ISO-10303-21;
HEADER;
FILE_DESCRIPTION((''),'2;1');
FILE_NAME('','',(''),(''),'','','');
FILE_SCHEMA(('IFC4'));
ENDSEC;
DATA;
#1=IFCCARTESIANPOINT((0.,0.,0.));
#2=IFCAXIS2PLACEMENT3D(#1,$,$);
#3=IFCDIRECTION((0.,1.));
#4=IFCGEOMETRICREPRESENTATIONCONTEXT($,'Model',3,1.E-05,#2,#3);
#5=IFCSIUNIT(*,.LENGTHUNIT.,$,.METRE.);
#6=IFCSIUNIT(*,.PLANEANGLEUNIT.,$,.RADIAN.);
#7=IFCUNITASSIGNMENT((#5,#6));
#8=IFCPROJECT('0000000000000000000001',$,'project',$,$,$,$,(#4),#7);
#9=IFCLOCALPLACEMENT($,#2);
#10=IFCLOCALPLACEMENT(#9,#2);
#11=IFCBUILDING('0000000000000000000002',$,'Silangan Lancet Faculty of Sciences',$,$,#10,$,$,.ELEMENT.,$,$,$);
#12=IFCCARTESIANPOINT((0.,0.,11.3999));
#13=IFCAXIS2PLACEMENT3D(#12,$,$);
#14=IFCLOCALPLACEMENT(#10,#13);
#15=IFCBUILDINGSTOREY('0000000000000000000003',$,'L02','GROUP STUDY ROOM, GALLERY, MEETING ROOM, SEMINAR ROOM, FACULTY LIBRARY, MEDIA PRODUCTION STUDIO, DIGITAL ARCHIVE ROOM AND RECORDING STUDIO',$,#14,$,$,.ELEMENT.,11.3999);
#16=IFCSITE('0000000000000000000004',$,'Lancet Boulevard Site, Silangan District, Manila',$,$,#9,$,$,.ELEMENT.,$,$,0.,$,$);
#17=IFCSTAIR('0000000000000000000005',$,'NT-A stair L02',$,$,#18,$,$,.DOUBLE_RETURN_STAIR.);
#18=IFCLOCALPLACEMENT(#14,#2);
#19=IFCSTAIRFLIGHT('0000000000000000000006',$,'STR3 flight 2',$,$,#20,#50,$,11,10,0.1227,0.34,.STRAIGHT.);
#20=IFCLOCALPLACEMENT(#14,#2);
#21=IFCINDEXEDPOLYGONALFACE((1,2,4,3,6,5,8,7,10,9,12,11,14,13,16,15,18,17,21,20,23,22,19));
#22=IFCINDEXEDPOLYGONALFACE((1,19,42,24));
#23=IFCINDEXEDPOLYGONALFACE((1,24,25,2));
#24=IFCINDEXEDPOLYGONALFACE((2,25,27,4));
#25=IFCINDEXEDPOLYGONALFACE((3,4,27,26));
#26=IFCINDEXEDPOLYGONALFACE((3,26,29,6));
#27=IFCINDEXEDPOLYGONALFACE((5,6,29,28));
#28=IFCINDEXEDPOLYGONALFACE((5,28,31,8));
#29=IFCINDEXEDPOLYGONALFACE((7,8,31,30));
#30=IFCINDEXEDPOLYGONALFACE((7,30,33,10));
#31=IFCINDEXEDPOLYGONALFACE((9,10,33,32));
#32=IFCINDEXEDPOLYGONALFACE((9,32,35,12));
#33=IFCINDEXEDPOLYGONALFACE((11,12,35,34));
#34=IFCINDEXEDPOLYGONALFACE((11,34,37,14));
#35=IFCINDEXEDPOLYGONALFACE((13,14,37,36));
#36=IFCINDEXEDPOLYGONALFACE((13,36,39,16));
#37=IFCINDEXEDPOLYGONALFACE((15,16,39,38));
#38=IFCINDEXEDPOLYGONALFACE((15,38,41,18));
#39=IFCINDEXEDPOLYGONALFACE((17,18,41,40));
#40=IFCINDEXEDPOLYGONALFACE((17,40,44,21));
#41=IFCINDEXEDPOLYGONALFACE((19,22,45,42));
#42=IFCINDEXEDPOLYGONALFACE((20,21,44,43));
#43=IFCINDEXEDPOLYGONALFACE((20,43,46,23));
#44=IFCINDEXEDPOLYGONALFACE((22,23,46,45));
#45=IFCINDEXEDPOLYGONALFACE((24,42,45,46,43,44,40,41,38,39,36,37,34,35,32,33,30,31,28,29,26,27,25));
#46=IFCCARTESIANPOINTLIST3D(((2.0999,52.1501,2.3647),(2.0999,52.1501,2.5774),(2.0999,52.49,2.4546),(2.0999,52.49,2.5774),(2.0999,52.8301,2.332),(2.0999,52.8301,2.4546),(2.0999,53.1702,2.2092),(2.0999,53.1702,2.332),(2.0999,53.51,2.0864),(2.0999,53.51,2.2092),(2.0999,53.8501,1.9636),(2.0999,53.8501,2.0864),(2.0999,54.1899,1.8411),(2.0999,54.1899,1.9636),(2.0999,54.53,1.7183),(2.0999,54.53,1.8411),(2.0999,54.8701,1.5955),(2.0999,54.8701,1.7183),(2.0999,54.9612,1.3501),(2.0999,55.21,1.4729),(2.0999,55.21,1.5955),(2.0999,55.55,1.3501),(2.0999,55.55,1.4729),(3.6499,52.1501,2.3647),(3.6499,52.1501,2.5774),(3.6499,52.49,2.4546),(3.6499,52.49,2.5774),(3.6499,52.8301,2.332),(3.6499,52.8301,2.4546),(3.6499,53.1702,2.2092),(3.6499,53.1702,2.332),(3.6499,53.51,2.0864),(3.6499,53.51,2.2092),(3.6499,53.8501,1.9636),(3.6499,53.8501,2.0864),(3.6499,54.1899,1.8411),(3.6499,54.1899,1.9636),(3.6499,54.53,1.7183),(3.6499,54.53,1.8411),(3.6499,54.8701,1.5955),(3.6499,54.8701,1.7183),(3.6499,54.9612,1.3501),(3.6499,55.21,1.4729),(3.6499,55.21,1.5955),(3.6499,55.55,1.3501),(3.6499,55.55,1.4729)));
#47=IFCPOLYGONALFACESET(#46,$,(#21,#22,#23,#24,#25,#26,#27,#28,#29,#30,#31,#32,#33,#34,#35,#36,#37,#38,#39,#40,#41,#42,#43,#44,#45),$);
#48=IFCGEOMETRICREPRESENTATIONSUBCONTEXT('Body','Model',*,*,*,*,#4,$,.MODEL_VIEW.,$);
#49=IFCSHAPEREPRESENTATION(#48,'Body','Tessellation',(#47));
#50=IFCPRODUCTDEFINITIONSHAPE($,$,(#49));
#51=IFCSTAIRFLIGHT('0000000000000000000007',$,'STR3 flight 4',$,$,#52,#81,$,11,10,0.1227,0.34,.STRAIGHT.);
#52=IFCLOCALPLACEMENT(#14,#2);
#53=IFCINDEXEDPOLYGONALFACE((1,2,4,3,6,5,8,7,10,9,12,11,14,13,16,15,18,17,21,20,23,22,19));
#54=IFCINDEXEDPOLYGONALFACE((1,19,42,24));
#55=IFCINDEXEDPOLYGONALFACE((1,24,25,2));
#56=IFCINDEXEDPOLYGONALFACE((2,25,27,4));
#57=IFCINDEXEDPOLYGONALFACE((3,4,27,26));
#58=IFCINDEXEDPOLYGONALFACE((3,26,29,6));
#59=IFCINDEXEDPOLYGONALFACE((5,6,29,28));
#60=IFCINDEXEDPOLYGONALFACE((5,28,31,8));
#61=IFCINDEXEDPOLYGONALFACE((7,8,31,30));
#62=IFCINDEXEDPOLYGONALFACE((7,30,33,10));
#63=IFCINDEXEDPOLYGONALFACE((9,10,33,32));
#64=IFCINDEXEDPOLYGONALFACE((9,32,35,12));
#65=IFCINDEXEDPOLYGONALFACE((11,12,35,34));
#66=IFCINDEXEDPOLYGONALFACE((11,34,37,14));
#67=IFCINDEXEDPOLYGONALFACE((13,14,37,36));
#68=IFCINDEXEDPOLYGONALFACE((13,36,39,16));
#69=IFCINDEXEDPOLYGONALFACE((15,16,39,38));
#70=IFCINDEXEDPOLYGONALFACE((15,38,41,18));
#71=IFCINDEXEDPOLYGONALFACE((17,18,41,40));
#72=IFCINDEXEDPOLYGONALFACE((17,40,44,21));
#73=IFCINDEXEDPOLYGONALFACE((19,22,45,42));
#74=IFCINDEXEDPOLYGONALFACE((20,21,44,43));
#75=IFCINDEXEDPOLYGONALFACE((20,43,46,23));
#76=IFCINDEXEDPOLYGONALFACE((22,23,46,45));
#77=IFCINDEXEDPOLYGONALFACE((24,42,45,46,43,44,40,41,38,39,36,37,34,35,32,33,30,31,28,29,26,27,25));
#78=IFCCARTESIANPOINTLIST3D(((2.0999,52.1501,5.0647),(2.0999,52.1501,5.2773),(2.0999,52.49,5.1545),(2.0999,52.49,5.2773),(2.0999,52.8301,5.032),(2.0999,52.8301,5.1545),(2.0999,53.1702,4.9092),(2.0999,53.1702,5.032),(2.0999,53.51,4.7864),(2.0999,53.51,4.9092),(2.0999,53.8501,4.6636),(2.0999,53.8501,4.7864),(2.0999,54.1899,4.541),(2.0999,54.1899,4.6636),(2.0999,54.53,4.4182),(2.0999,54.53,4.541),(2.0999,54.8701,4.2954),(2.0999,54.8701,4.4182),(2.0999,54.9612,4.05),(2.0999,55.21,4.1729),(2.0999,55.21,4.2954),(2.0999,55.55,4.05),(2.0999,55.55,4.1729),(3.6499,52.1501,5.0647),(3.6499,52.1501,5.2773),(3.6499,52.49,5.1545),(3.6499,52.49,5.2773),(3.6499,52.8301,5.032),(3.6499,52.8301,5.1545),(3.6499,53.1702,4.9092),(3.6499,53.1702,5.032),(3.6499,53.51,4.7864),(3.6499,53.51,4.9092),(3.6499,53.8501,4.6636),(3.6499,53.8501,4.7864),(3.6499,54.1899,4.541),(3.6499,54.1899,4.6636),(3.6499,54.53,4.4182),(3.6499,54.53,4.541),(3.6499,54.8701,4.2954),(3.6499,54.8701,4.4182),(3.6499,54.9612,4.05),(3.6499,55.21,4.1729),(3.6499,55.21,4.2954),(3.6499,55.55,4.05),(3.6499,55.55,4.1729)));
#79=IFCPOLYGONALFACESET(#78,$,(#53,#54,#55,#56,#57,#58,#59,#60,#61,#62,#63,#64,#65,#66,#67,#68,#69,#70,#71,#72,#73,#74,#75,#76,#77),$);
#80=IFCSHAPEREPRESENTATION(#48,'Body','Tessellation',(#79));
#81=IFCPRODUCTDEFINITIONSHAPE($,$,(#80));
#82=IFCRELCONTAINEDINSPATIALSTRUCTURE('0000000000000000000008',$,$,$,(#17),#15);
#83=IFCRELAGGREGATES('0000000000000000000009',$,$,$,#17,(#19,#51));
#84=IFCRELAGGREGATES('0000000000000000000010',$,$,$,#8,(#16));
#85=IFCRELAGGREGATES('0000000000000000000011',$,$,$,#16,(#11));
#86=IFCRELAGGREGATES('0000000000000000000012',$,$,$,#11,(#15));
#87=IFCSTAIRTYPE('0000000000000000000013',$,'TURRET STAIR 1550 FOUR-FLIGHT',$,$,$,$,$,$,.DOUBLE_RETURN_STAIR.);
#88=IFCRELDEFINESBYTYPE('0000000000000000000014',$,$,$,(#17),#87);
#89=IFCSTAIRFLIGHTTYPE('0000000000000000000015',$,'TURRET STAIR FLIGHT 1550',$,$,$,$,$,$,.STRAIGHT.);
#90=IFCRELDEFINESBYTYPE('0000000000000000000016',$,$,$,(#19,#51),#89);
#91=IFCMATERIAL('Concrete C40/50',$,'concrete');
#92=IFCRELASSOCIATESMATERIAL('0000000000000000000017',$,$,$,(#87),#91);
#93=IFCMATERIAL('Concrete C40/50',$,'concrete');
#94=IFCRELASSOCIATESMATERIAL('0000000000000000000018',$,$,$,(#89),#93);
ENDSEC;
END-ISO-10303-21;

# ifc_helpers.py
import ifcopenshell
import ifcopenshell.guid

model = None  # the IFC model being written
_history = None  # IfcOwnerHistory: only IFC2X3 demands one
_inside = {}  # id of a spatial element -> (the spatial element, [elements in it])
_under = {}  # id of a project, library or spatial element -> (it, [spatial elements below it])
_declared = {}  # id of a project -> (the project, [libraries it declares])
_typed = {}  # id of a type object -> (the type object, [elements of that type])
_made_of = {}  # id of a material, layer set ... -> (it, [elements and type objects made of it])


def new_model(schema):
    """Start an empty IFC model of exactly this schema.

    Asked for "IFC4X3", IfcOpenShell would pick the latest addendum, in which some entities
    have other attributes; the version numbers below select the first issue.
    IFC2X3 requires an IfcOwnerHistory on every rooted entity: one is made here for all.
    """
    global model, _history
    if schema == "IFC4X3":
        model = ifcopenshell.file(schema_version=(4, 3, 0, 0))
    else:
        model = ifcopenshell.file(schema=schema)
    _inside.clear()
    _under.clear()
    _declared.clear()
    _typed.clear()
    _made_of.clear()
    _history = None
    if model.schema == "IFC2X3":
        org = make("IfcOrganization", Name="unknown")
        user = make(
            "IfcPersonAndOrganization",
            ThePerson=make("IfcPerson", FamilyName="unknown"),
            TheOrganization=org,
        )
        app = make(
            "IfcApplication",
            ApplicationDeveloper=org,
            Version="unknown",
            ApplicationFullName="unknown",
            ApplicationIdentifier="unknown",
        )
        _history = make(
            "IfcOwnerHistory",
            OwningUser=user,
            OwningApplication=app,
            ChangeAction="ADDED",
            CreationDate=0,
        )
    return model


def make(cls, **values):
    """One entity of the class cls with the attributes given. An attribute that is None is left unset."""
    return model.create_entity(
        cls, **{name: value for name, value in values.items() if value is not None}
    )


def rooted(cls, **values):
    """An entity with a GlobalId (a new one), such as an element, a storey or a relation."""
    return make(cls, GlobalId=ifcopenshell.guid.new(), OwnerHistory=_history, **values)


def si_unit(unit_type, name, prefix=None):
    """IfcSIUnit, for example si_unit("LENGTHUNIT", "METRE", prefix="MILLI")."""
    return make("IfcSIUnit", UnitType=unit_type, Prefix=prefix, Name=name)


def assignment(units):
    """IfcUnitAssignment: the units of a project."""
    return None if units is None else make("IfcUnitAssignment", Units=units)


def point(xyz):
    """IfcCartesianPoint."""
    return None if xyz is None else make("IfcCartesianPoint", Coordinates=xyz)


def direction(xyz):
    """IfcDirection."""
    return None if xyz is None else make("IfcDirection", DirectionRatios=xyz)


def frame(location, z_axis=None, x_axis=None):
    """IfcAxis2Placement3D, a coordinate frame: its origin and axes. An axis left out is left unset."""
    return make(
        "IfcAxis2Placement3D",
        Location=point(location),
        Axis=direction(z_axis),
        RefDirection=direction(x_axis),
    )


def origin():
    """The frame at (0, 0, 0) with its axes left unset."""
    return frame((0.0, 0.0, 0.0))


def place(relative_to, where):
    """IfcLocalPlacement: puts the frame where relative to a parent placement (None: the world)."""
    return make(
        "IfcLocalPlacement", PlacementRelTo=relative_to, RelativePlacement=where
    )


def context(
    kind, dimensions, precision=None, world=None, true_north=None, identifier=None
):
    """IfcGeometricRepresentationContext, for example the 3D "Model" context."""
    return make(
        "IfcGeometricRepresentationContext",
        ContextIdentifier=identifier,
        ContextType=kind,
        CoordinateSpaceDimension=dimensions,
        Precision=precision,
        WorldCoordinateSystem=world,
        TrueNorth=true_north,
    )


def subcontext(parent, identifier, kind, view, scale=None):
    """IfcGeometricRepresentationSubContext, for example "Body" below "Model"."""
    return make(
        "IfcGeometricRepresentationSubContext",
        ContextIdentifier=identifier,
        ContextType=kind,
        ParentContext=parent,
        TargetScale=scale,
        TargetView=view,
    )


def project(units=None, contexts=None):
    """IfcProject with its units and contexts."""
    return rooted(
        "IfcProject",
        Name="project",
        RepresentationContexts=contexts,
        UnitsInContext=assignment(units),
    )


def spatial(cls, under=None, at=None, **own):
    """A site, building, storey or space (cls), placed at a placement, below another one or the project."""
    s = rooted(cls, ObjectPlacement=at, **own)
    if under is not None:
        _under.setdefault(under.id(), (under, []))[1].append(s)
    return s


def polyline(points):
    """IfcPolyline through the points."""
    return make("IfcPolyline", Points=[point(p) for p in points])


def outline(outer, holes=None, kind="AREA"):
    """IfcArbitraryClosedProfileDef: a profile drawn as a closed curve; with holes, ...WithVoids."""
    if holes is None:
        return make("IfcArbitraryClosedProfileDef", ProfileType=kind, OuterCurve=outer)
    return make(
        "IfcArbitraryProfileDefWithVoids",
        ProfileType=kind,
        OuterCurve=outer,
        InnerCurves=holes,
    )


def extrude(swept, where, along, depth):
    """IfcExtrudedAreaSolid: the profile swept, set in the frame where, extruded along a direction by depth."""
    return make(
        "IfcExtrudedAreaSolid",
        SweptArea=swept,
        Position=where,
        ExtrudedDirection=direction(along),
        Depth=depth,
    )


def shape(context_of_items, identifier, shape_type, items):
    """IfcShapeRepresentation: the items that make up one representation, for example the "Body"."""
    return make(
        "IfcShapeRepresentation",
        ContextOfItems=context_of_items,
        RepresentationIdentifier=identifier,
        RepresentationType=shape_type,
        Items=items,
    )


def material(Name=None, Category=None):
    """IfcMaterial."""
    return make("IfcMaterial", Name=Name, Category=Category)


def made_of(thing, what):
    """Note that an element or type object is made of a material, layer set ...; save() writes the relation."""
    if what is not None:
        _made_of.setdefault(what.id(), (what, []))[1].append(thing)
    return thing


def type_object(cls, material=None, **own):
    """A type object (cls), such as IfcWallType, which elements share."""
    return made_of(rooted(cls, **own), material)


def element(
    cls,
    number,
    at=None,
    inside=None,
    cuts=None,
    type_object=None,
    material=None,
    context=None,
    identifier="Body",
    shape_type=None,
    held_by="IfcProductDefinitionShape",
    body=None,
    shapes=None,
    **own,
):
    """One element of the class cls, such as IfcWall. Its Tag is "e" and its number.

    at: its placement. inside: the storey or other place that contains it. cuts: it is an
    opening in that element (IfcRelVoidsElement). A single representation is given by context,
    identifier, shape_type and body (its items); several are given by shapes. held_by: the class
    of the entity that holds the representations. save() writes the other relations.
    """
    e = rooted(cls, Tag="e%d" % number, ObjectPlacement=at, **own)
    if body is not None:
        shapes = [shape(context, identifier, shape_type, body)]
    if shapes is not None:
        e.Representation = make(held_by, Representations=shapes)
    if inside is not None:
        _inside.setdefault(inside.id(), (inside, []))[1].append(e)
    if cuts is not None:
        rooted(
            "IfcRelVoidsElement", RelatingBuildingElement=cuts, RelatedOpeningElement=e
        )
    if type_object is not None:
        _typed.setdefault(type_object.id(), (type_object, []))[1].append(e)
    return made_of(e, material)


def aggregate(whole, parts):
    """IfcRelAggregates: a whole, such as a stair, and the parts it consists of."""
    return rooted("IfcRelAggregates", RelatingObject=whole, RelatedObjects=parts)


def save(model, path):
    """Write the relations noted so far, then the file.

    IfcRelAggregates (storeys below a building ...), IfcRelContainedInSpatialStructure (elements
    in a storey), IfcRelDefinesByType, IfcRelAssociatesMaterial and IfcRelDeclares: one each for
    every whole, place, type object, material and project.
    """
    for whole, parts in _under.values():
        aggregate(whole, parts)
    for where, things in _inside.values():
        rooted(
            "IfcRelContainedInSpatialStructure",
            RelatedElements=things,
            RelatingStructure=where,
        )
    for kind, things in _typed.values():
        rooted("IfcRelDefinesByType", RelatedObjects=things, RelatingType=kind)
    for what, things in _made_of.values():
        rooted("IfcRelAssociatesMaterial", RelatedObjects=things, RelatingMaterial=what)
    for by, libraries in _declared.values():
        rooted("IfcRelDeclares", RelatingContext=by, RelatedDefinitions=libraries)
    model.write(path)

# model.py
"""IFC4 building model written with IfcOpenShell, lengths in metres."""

from ifc_helpers import new_model, si_unit, direction, frame, origin, place, context, subcontext, project, spatial, polyline, outline, extrude, material, type_object, element, aggregate, save


model = new_model("IFC4")

# Units and contexts
model_context = context("Model", 3, precision=1e-05, world=origin(), true_north=direction((0.0, 1.0)))
body_context = subcontext(model_context, "Body", "Model", "MODEL_VIEW")
ifc_project = project(units=[si_unit("LENGTHUNIT", "METRE"), si_unit("PLANEANGLEUNIT", "RADIAN")], contexts=[model_context])

# Site, building, storey
site_placement = place(None, origin())
site = spatial("IfcSite", under=ifc_project, at=site_placement, Name="Lancet Boulevard Site, Silangan District, Manila", CompositionType="ELEMENT", RefElevation=0.0)
building_placement = place(site_placement, origin())
building = spatial("IfcBuilding", under=site, at=building_placement, Name="Silangan Lancet Faculty of Sciences", CompositionType="ELEMENT")
storey_placement = place(building_placement, frame((0.0, 0.0, 11.3999)))
storey = spatial("IfcBuildingStorey", under=building, at=storey_placement, Name="L02", Description="GROUP STUDY ROOM, GALLERY, MEETING ROOM, SEMINAR ROOM, FACULTY LIBRARY, MEDIA PRODUCTION STUDIO, DIGITAL ARCHIVE ROOM AND RECORDING STUDIO", CompositionType="ELEMENT", Elevation=11.3999)

# Stair, stair flights
ifc_material_1 = material(Name="Concrete C40/50", Category="concrete")
stair_type = type_object("IfcStairType", Name="TURRET STAIR 1550 FOUR-FLIGHT", PredefinedType="DOUBLE_RETURN_STAIR", material=ifc_material_1)
stair_placement = place(storey_placement, origin())
stair = element("IfcStair", 1, at=stair_placement, inside=storey, type_object=stair_type, Name="NT-A stair L02", PredefinedType="DOUBLE_RETURN_STAIR")
ifc_material_2 = material(Name="Concrete C40/50", Category="concrete")
stair_flight_type = type_object("IfcStairFlightType", Name="TURRET STAIR FLIGHT 1550", PredefinedType="STRAIGHT", material=ifc_material_2)
stair_flight_1_placement = place(storey_placement, frame((2.875, 55.55, 1.3501), z_axis=(0.0, 0.0, 1.0), x_axis=(0.0, -1.0, 0.0)))
stair_flight_1 = element("IfcStairFlight", 2, at=stair_flight_1_placement, type_object=stair_flight_type, Name="STR3 flight 2", NumberOfRisers=11, NumberOfTreads=10, PredefinedType="STRAIGHT", RiserHeight=0.1227, TreadLength=0.34, context=body_context, shape_type="SweptSolid", body=[
    extrude(outline(polyline([(0.0, 0.0), (0.0, 0.1228), (0.3401, 0.1228), (0.3401, 0.2454), (0.6799, 0.2454), (0.6799, 0.3682), (1.02, 0.3682), (1.02, 0.491), (1.3601, 0.491), (1.3601, 0.6135), (1.7, 0.6135), (1.7, 0.7363), (2.04, 0.7363), (2.04, 0.8591), (2.3799, 0.8591), (2.3799, 0.9819), (2.72, 0.9819), (2.72, 1.1045), (3.0601, 1.1045), (3.0601, 1.2273), (3.3999, 1.2273), (3.3999, 1.3501), (3.3999, 1.0146), (0.5889, 0.0), (0.0, 0.0)])), frame((0.0, 0.7749, 0.0), z_axis=(0.0, -1.0, 0.0), x_axis=(1.0, 0.0, 0.0)), (0.0, 0.0, 1.0), 1.55),
])
stair_flight_2_placement = place(storey_placement, frame((2.875, 55.55, 4.05), z_axis=(0.0, 0.0, 1.0), x_axis=(0.0, -1.0, 0.0)))
stair_flight_2 = element("IfcStairFlight", 3, at=stair_flight_2_placement, type_object=stair_flight_type, Name="STR3 flight 4", NumberOfRisers=11, NumberOfTreads=10, PredefinedType="STRAIGHT", RiserHeight=0.1227, TreadLength=0.34, context=body_context, shape_type="SweptSolid", body=[
    extrude(outline(polyline([(0.0, 0.0), (0.0, 0.1228), (0.3401, 0.1228), (0.3401, 0.2454), (0.6799, 0.2454), (0.6799, 0.3682), (1.02, 0.3682), (1.02, 0.491), (1.3601, 0.491), (1.3601, 0.6135), (1.7, 0.6135), (1.7, 0.7363), (2.04, 0.7363), (2.04, 0.8591), (2.3799, 0.8591), (2.3799, 0.9819), (2.72, 0.9819), (2.72, 1.1045), (3.0601, 1.1045), (3.0601, 1.2273), (3.3999, 1.2273), (3.3999, 1.3501), (3.3999, 1.0146), (0.5889, 0.0), (0.0, 0.0)])), frame((0.0, 0.7749, 0.0), z_axis=(0.0, -1.0, 0.0), x_axis=(1.0, 0.0, 0.0)), (0.0, 0.0, 1.0), 1.55),
])
aggregate(stair, [stair_flight_1, stair_flight_2])

save(model, "model.ifc")
